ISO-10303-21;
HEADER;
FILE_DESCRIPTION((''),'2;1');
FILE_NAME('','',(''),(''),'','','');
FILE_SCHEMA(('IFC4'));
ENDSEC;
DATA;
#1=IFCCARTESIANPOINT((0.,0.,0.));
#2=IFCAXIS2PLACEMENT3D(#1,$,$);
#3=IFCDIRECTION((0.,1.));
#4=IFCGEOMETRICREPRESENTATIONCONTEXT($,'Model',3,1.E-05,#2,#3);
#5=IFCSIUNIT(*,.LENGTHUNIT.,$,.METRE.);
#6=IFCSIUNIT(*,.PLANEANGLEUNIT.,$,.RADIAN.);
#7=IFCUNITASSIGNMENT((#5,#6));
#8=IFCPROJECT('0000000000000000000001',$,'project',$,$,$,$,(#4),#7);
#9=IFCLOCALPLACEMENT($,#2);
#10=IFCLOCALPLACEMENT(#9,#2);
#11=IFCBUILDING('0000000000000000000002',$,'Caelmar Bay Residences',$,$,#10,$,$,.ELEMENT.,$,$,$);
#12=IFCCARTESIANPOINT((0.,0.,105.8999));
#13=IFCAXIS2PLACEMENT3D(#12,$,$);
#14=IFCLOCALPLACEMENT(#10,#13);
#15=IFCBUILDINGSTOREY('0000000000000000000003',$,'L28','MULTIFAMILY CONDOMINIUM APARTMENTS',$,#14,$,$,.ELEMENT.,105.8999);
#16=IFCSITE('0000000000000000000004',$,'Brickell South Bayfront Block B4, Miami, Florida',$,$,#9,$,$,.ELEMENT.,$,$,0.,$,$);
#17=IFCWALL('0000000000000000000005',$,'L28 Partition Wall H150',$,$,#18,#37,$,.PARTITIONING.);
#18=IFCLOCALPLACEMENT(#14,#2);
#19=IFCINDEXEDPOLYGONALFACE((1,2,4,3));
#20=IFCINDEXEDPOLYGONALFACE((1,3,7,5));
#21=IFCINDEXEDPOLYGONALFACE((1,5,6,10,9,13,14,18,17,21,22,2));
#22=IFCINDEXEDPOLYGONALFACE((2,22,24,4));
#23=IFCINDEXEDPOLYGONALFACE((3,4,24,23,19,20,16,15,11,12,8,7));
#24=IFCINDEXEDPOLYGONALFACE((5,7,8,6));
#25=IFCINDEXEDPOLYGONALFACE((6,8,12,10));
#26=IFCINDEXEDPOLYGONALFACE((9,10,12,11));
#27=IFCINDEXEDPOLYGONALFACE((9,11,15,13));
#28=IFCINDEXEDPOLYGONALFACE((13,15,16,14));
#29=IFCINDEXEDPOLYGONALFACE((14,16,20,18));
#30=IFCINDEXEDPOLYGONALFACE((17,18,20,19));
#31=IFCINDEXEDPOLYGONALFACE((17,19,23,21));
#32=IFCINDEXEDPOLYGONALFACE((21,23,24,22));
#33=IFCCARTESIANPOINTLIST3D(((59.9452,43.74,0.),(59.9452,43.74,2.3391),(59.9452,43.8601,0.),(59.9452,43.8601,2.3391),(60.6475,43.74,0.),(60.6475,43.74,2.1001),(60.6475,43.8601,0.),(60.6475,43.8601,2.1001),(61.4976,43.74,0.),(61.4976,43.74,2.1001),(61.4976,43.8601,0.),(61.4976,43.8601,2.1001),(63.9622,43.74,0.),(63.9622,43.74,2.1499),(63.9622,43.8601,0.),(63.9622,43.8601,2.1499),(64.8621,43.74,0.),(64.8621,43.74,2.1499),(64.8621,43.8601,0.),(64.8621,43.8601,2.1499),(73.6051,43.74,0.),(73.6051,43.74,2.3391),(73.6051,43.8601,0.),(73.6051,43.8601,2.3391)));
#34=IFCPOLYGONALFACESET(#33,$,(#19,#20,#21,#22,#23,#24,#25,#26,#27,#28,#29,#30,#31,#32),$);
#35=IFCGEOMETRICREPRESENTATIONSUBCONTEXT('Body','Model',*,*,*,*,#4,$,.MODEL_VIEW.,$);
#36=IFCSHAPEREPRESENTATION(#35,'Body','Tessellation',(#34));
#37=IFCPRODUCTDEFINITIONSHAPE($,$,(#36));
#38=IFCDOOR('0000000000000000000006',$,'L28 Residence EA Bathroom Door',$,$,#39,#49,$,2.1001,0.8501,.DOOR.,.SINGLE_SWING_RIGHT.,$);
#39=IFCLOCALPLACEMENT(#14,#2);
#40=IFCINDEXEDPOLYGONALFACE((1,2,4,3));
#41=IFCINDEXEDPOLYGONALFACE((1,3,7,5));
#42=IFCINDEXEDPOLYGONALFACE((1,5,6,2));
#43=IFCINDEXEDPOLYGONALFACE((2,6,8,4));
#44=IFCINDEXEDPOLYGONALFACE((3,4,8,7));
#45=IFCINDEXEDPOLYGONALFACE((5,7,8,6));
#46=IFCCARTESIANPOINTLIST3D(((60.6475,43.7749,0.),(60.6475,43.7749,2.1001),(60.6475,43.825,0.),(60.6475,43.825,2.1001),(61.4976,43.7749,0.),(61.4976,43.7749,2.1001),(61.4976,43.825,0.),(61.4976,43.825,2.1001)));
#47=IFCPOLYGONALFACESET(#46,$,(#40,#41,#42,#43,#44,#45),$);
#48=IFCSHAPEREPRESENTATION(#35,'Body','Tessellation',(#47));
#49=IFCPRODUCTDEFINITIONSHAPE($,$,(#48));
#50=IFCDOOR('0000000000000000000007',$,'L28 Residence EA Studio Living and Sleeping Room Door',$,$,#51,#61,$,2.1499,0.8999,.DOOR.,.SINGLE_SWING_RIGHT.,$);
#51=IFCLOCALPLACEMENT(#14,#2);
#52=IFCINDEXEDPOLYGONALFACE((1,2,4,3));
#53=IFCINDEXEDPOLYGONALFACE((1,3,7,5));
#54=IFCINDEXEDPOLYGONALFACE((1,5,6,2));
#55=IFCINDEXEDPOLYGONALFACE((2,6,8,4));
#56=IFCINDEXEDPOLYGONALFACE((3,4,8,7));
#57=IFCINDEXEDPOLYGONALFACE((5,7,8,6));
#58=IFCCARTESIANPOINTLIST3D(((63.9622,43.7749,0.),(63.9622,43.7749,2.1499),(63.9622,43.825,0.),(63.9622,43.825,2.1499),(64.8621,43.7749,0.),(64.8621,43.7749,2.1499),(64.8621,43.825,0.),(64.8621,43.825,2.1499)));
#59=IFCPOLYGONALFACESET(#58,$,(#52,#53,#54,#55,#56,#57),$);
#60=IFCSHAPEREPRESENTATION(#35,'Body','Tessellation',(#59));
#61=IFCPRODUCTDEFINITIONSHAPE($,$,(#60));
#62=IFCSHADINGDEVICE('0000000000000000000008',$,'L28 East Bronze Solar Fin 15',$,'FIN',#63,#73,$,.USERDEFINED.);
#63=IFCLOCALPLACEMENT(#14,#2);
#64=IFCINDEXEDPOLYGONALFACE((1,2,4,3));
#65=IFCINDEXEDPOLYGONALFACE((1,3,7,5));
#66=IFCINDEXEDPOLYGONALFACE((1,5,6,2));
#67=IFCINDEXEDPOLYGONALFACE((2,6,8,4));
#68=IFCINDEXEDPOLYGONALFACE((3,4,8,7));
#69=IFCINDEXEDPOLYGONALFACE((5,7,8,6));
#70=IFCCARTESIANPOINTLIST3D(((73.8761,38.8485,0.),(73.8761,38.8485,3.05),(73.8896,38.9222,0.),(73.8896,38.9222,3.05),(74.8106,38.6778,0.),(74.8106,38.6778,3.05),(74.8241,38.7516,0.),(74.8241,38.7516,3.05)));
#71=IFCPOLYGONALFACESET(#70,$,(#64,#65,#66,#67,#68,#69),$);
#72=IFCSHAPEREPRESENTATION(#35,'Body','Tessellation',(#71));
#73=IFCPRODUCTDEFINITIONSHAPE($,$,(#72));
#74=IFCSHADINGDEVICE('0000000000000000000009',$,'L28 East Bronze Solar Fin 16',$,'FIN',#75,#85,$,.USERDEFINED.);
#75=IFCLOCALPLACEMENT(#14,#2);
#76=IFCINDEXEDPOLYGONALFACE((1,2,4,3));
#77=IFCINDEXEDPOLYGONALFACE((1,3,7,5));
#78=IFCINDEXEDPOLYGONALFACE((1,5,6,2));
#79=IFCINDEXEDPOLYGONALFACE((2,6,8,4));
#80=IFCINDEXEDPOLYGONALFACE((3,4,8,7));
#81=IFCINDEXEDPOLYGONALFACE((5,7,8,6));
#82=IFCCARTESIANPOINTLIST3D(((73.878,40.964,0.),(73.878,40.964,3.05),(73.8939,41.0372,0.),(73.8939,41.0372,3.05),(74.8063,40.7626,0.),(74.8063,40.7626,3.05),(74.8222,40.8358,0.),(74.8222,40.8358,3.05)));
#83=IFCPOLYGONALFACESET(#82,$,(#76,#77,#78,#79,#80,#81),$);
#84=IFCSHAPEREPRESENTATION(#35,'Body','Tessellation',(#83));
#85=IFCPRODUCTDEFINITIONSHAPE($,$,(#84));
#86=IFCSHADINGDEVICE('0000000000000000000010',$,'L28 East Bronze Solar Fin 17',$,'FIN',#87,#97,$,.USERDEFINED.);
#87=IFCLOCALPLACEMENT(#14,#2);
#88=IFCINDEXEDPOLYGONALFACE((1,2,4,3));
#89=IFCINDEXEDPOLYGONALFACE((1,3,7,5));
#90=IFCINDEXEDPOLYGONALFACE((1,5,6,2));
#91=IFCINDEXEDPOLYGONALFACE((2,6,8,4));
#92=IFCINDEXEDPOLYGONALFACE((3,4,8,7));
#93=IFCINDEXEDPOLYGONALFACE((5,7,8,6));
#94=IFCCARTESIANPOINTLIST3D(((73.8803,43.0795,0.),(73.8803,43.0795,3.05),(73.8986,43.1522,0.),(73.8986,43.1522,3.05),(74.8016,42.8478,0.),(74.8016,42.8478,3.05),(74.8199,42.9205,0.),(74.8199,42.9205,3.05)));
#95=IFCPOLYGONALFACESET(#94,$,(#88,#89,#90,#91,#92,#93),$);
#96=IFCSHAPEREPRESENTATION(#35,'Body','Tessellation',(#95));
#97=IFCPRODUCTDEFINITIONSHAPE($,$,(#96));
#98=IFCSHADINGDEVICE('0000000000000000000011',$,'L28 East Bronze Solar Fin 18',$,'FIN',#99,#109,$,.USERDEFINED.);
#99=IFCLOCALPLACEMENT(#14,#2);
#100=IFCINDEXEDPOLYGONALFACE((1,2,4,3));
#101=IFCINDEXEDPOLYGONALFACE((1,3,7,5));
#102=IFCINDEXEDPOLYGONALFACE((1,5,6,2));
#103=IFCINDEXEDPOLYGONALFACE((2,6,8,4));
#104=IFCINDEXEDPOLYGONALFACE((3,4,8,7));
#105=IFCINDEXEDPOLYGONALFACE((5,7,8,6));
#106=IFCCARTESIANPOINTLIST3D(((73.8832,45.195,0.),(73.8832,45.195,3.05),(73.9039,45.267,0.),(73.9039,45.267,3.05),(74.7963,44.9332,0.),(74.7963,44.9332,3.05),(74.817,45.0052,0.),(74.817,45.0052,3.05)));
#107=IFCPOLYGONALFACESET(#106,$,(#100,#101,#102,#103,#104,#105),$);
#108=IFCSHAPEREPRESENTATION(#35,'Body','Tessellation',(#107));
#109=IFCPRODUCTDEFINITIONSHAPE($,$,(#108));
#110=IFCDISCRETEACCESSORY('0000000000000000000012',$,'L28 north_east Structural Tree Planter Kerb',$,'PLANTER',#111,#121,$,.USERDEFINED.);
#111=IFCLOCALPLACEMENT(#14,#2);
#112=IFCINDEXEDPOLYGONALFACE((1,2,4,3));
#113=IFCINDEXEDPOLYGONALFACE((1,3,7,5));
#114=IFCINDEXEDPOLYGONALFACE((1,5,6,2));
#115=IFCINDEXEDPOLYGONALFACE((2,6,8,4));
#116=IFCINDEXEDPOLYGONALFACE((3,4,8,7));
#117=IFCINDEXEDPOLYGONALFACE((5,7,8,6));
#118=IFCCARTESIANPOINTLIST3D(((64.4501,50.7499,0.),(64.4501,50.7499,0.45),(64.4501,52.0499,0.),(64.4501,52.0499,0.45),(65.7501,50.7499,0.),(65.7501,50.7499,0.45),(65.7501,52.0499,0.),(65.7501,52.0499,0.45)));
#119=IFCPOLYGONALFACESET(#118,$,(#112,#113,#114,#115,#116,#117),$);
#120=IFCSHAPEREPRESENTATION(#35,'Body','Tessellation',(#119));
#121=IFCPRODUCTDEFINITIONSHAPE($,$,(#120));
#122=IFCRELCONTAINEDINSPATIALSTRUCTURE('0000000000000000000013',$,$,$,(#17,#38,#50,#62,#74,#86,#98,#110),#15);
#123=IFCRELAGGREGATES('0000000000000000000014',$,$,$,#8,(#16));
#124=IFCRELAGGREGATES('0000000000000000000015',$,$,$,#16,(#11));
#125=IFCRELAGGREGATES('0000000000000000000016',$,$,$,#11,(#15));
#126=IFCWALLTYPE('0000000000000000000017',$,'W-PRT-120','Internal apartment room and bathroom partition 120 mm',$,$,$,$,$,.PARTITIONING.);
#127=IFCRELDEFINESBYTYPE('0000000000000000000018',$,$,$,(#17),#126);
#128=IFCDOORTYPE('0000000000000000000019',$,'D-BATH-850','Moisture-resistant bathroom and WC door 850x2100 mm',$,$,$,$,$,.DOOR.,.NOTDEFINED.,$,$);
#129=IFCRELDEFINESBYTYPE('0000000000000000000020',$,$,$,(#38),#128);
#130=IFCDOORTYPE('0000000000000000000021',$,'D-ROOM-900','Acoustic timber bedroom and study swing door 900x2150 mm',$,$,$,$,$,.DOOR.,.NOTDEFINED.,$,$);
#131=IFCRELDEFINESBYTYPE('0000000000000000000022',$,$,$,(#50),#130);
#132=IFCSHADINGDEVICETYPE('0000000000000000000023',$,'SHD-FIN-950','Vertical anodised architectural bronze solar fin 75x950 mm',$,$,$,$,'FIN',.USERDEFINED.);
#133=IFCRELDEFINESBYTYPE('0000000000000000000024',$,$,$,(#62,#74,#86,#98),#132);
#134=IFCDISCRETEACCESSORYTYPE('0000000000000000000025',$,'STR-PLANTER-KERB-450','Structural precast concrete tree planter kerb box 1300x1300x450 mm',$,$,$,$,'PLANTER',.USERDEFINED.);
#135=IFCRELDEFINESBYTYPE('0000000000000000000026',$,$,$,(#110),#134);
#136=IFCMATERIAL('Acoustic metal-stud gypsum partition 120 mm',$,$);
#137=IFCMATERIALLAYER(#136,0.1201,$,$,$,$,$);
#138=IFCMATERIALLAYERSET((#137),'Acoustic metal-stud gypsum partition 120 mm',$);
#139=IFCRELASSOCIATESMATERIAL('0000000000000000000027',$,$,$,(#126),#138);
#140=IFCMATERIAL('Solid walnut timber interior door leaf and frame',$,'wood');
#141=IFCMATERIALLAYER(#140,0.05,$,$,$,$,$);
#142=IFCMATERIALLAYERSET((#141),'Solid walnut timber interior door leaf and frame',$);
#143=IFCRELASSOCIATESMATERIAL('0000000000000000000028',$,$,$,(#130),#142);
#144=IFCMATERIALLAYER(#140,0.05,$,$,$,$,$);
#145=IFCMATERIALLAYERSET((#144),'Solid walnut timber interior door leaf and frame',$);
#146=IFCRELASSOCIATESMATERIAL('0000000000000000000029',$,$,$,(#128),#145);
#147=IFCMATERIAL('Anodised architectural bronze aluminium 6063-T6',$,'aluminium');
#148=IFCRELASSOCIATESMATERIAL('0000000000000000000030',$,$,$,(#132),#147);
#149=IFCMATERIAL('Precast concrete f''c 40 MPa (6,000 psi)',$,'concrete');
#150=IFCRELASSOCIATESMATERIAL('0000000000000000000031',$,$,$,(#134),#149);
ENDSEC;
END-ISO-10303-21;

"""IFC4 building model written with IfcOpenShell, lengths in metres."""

from ifc_helpers import new_model, si_unit, direction, frame, frame_2d, origin, origin_2d, place, context, subcontext, project, spatial, rectangle, extrude, material, layer, layer_set, material_profile, profile_set, type_object, element, fill, save


model = new_model("IFC4")

# Units and contexts
model_context = context("Model", 3, precision=1e-05, world=origin(), true_north=direction((0.0, 1.0)))
body_context = subcontext(model_context, "Body", "Model", "MODEL_VIEW")
ifc_project = project(units=[si_unit("LENGTHUNIT", "METRE"), si_unit("PLANEANGLEUNIT", "RADIAN")], contexts=[model_context])

# Site, building, storey
site_placement = place(None, origin())
site = spatial("IfcSite", under=ifc_project, at=site_placement, Name="Brickell South Bayfront Block B4, Miami, Florida", CompositionType="ELEMENT", RefElevation=0.0)
building_placement = place(site_placement, origin())
building = spatial("IfcBuilding", under=site, at=building_placement, Name="Caelmar Bay Residences", CompositionType="ELEMENT")
storey_placement = place(building_placement, frame((0.0, 0.0, 105.8999)))
storey = spatial("IfcBuildingStorey", under=building, at=storey_placement, Name="L28", Description="MULTIFAMILY CONDOMINIUM APARTMENTS", CompositionType="ELEMENT", Elevation=105.8999)

# Shared definitions
ifc_material_1 = material(Name="Precast concrete f'c 40 MPa (6,000 psi)", Category="concrete")

# Shared definitions
ifc_material_2 = material(Name="Acoustic metal-stud gypsum partition 120 mm")
ifc_layer_1 = layer(ifc_material_2, 0.1201)
ifc_layer_set_1 = layer_set([ifc_layer_1], Name="Acoustic metal-stud gypsum partition 120 mm")
wall_type_1 = type_object("IfcWallType", Name="W-PRT-120", Description="Internal apartment room and bathroom partition 120 mm", PredefinedType="PARTITIONING", material=ifc_layer_set_1)
ifc_material_3 = material(Name="Solid walnut timber interior door leaf and frame", Category="wood")
ifc_layer_2 = layer(ifc_material_3, 0.05)
ifc_layer_set_2 = layer_set([ifc_layer_2], Name="Solid walnut timber interior door leaf and frame")
door_type_1 = type_object("IfcDoorType", Name="D-ROOM-900", Description="Acoustic timber bedroom and study swing door 900x2150 mm", OperationType="NOTDEFINED", PredefinedType="DOOR", material=ifc_layer_set_2)

# Wall, openings, doors
wall_1_placement = place(storey_placement, frame((59.9451, 43.8, 0.0), z_axis=(0.0, 0.0, 1.0), x_axis=(1.0, 0.0, 0.0)))
wall_1 = element("IfcWall", 1, at=wall_1_placement, inside=storey, type_object=wall_type_1, Name="L28 Partition Wall H150", PredefinedType="PARTITIONING", context=body_context, shape_type="SweptSolid", body=[
    extrude(rectangle(XDim=13.6599, YDim=0.1201, at=frame_2d((6.8301, 0.0))), origin(), (0.0, 0.0, 1.0), 2.3391),
])
opening_1_placement = place(wall_1_placement, frame((4.0171, 0.0, 0.0)))
opening_1 = element("IfcOpeningElement", 2, at=opening_1_placement, cuts=wall_1, PredefinedType="OPENING", context=body_context, shape_type="SweptSolid", body=[
    extrude(rectangle(XDim=0.8999, YDim=2.1499, at=frame_2d((0.45, 1.075))), frame((0.0, 0.0701, 0.0), z_axis=(0.0, -1.0, 0.0), x_axis=(1.0, 0.0, 0.0)), (0.0, 0.0, 1.0), 0.1401),
])
opening_2_placement = place(wall_1_placement, frame((0.7024, 0.0, 0.0)))
opening_2 = element("IfcOpeningElement", 3, at=opening_2_placement, cuts=wall_1, PredefinedType="OPENING", context=body_context, shape_type="SweptSolid", body=[
    extrude(rectangle(XDim=0.8501, YDim=2.1001, at=frame_2d((0.425, 1.05))), frame((0.0, 0.0701, 0.0), z_axis=(0.0, -1.0, 0.0), x_axis=(1.0, 0.0, 0.0)), (0.0, 0.0, 1.0), 0.1401),
])
ifc_layer_3 = layer(ifc_material_3, 0.05)
ifc_layer_set_3 = layer_set([ifc_layer_3], Name="Solid walnut timber interior door leaf and frame")
door_type_2 = type_object("IfcDoorType", Name="D-BATH-850", Description="Moisture-resistant bathroom and WC door 850x2100 mm", OperationType="NOTDEFINED", PredefinedType="DOOR", material=ifc_layer_set_3)
door_1_placement = place(opening_2_placement, origin())
door_1 = element("IfcDoor", 4, at=door_1_placement, inside=storey, type_object=door_type_2, Name="L28 Residence EA Bathroom Door", OperationType="SINGLE_SWING_RIGHT", OverallHeight=2.1001, OverallWidth=0.8501, PredefinedType="DOOR", context=body_context, shape_type="SweptSolid", body=[
    extrude(rectangle(XDim=0.8501, YDim=2.1001, at=frame_2d((0.425, 1.05))), frame((0.0, 0.0249, 0.0), z_axis=(0.0, -1.0, 0.0), x_axis=(1.0, 0.0, 0.0)), (0.0, 0.0, 1.0), 0.05),
])
fill(opening_2, door_1)
door_2_placement = place(opening_1_placement, origin())
door_2 = element("IfcDoor", 5, at=door_2_placement, inside=storey, type_object=door_type_1, Name="L28 Residence EA Studio Living and Sleeping Room Door", OperationType="SINGLE_SWING_RIGHT", OverallHeight=2.1499, OverallWidth=0.8999, PredefinedType="DOOR", context=body_context, shape_type="SweptSolid", body=[
    extrude(rectangle(XDim=0.8999, YDim=2.1499, at=frame_2d((0.45, 1.075))), frame((0.0, 0.0249, 0.0), z_axis=(0.0, -1.0, 0.0), x_axis=(1.0, 0.0, 0.0)), (0.0, 0.0, 1.0), 0.05),
])
fill(opening_1, door_2)

# Shading devices
ifc_material_4 = material(Name="Anodised architectural bronze aluminium 6063-T6", Category="aluminium")
ifc_material_profile_1 = material_profile(ifc_material_4, rectangle(XDim=0.075, YDim=0.95, at=origin_2d()), Name="BRONZE-FIN-75X950")
ifc_profile_set_1 = profile_set([ifc_material_profile_1], Name="Anodised architectural bronze aluminium 6063-T6")
shading_device_type = type_object("IfcShadingDeviceType", Name="SHD-FIN-950", Description="Vertical anodised architectural bronze solar fin 75x950 mm", ElementType="FIN", PredefinedType="USERDEFINED", material=ifc_profile_set_1)
for number, where, z_axis, x_axis, name in (
    (6, (74.3501, 38.8, 0.0), (0.0, 0.0, 1.0), (0.179661, 0.983729, 0.0), "L28 East Bronze Solar Fin 15"),
    (7, (74.3501, 40.8999, 0.0), (0.0, 0.0, 1.0), (0.212007, 0.977268, 0.0), "L28 East Bronze Solar Fin 16"),
    (8, (74.3501, 43.0, 0.0), (0.0, 0.0, 1.0), (0.243954, 0.969787, 0.0), "L28 East Bronze Solar Fin 17"),
    (9, (74.3501, 45.1001, 0.0), (0.0, 0.0, 1.0), (0.275637, 0.961262, 0.0), "L28 East Bronze Solar Fin 18"),
):
    element("IfcShadingDevice", number, at=place(storey_placement, frame(where, z_axis=z_axis, x_axis=x_axis)), inside=storey, type_object=shading_device_type, Name=name, ObjectType="FIN", PredefinedType="USERDEFINED", context=body_context, shape_type="SweptSolid", body=[
        extrude(rectangle(XDim=0.075, YDim=0.95, at=origin_2d()), origin(), (0.0, 0.0, 1.0), 3.05),
    ])

# Discrete accessory
discrete_accessory_type = type_object("IfcDiscreteAccessoryType", Name="STR-PLANTER-KERB-450", Description="Structural precast concrete tree planter kerb box 1300x1300x450 mm", ElementType="PLANTER", PredefinedType="USERDEFINED", material=ifc_material_1)
discrete_accessory_placement = place(storey_placement, frame((65.1001, 51.3999, 0.0), z_axis=(0.0, 0.0, 1.0), x_axis=(1.0, 0.0, 0.0)))
element("IfcDiscreteAccessory", 10, at=discrete_accessory_placement, inside=storey, type_object=discrete_accessory_type, Name="L28 north_east Structural Tree Planter Kerb", ObjectType="PLANTER", PredefinedType="USERDEFINED", context=body_context, shape_type="SweptSolid", body=[
    extrude(rectangle(XDim=1.3, YDim=1.3, at=origin_2d()), origin(), (0.0, 0.0, 1.0), 0.45),
])

save(model, "model.ifc")
